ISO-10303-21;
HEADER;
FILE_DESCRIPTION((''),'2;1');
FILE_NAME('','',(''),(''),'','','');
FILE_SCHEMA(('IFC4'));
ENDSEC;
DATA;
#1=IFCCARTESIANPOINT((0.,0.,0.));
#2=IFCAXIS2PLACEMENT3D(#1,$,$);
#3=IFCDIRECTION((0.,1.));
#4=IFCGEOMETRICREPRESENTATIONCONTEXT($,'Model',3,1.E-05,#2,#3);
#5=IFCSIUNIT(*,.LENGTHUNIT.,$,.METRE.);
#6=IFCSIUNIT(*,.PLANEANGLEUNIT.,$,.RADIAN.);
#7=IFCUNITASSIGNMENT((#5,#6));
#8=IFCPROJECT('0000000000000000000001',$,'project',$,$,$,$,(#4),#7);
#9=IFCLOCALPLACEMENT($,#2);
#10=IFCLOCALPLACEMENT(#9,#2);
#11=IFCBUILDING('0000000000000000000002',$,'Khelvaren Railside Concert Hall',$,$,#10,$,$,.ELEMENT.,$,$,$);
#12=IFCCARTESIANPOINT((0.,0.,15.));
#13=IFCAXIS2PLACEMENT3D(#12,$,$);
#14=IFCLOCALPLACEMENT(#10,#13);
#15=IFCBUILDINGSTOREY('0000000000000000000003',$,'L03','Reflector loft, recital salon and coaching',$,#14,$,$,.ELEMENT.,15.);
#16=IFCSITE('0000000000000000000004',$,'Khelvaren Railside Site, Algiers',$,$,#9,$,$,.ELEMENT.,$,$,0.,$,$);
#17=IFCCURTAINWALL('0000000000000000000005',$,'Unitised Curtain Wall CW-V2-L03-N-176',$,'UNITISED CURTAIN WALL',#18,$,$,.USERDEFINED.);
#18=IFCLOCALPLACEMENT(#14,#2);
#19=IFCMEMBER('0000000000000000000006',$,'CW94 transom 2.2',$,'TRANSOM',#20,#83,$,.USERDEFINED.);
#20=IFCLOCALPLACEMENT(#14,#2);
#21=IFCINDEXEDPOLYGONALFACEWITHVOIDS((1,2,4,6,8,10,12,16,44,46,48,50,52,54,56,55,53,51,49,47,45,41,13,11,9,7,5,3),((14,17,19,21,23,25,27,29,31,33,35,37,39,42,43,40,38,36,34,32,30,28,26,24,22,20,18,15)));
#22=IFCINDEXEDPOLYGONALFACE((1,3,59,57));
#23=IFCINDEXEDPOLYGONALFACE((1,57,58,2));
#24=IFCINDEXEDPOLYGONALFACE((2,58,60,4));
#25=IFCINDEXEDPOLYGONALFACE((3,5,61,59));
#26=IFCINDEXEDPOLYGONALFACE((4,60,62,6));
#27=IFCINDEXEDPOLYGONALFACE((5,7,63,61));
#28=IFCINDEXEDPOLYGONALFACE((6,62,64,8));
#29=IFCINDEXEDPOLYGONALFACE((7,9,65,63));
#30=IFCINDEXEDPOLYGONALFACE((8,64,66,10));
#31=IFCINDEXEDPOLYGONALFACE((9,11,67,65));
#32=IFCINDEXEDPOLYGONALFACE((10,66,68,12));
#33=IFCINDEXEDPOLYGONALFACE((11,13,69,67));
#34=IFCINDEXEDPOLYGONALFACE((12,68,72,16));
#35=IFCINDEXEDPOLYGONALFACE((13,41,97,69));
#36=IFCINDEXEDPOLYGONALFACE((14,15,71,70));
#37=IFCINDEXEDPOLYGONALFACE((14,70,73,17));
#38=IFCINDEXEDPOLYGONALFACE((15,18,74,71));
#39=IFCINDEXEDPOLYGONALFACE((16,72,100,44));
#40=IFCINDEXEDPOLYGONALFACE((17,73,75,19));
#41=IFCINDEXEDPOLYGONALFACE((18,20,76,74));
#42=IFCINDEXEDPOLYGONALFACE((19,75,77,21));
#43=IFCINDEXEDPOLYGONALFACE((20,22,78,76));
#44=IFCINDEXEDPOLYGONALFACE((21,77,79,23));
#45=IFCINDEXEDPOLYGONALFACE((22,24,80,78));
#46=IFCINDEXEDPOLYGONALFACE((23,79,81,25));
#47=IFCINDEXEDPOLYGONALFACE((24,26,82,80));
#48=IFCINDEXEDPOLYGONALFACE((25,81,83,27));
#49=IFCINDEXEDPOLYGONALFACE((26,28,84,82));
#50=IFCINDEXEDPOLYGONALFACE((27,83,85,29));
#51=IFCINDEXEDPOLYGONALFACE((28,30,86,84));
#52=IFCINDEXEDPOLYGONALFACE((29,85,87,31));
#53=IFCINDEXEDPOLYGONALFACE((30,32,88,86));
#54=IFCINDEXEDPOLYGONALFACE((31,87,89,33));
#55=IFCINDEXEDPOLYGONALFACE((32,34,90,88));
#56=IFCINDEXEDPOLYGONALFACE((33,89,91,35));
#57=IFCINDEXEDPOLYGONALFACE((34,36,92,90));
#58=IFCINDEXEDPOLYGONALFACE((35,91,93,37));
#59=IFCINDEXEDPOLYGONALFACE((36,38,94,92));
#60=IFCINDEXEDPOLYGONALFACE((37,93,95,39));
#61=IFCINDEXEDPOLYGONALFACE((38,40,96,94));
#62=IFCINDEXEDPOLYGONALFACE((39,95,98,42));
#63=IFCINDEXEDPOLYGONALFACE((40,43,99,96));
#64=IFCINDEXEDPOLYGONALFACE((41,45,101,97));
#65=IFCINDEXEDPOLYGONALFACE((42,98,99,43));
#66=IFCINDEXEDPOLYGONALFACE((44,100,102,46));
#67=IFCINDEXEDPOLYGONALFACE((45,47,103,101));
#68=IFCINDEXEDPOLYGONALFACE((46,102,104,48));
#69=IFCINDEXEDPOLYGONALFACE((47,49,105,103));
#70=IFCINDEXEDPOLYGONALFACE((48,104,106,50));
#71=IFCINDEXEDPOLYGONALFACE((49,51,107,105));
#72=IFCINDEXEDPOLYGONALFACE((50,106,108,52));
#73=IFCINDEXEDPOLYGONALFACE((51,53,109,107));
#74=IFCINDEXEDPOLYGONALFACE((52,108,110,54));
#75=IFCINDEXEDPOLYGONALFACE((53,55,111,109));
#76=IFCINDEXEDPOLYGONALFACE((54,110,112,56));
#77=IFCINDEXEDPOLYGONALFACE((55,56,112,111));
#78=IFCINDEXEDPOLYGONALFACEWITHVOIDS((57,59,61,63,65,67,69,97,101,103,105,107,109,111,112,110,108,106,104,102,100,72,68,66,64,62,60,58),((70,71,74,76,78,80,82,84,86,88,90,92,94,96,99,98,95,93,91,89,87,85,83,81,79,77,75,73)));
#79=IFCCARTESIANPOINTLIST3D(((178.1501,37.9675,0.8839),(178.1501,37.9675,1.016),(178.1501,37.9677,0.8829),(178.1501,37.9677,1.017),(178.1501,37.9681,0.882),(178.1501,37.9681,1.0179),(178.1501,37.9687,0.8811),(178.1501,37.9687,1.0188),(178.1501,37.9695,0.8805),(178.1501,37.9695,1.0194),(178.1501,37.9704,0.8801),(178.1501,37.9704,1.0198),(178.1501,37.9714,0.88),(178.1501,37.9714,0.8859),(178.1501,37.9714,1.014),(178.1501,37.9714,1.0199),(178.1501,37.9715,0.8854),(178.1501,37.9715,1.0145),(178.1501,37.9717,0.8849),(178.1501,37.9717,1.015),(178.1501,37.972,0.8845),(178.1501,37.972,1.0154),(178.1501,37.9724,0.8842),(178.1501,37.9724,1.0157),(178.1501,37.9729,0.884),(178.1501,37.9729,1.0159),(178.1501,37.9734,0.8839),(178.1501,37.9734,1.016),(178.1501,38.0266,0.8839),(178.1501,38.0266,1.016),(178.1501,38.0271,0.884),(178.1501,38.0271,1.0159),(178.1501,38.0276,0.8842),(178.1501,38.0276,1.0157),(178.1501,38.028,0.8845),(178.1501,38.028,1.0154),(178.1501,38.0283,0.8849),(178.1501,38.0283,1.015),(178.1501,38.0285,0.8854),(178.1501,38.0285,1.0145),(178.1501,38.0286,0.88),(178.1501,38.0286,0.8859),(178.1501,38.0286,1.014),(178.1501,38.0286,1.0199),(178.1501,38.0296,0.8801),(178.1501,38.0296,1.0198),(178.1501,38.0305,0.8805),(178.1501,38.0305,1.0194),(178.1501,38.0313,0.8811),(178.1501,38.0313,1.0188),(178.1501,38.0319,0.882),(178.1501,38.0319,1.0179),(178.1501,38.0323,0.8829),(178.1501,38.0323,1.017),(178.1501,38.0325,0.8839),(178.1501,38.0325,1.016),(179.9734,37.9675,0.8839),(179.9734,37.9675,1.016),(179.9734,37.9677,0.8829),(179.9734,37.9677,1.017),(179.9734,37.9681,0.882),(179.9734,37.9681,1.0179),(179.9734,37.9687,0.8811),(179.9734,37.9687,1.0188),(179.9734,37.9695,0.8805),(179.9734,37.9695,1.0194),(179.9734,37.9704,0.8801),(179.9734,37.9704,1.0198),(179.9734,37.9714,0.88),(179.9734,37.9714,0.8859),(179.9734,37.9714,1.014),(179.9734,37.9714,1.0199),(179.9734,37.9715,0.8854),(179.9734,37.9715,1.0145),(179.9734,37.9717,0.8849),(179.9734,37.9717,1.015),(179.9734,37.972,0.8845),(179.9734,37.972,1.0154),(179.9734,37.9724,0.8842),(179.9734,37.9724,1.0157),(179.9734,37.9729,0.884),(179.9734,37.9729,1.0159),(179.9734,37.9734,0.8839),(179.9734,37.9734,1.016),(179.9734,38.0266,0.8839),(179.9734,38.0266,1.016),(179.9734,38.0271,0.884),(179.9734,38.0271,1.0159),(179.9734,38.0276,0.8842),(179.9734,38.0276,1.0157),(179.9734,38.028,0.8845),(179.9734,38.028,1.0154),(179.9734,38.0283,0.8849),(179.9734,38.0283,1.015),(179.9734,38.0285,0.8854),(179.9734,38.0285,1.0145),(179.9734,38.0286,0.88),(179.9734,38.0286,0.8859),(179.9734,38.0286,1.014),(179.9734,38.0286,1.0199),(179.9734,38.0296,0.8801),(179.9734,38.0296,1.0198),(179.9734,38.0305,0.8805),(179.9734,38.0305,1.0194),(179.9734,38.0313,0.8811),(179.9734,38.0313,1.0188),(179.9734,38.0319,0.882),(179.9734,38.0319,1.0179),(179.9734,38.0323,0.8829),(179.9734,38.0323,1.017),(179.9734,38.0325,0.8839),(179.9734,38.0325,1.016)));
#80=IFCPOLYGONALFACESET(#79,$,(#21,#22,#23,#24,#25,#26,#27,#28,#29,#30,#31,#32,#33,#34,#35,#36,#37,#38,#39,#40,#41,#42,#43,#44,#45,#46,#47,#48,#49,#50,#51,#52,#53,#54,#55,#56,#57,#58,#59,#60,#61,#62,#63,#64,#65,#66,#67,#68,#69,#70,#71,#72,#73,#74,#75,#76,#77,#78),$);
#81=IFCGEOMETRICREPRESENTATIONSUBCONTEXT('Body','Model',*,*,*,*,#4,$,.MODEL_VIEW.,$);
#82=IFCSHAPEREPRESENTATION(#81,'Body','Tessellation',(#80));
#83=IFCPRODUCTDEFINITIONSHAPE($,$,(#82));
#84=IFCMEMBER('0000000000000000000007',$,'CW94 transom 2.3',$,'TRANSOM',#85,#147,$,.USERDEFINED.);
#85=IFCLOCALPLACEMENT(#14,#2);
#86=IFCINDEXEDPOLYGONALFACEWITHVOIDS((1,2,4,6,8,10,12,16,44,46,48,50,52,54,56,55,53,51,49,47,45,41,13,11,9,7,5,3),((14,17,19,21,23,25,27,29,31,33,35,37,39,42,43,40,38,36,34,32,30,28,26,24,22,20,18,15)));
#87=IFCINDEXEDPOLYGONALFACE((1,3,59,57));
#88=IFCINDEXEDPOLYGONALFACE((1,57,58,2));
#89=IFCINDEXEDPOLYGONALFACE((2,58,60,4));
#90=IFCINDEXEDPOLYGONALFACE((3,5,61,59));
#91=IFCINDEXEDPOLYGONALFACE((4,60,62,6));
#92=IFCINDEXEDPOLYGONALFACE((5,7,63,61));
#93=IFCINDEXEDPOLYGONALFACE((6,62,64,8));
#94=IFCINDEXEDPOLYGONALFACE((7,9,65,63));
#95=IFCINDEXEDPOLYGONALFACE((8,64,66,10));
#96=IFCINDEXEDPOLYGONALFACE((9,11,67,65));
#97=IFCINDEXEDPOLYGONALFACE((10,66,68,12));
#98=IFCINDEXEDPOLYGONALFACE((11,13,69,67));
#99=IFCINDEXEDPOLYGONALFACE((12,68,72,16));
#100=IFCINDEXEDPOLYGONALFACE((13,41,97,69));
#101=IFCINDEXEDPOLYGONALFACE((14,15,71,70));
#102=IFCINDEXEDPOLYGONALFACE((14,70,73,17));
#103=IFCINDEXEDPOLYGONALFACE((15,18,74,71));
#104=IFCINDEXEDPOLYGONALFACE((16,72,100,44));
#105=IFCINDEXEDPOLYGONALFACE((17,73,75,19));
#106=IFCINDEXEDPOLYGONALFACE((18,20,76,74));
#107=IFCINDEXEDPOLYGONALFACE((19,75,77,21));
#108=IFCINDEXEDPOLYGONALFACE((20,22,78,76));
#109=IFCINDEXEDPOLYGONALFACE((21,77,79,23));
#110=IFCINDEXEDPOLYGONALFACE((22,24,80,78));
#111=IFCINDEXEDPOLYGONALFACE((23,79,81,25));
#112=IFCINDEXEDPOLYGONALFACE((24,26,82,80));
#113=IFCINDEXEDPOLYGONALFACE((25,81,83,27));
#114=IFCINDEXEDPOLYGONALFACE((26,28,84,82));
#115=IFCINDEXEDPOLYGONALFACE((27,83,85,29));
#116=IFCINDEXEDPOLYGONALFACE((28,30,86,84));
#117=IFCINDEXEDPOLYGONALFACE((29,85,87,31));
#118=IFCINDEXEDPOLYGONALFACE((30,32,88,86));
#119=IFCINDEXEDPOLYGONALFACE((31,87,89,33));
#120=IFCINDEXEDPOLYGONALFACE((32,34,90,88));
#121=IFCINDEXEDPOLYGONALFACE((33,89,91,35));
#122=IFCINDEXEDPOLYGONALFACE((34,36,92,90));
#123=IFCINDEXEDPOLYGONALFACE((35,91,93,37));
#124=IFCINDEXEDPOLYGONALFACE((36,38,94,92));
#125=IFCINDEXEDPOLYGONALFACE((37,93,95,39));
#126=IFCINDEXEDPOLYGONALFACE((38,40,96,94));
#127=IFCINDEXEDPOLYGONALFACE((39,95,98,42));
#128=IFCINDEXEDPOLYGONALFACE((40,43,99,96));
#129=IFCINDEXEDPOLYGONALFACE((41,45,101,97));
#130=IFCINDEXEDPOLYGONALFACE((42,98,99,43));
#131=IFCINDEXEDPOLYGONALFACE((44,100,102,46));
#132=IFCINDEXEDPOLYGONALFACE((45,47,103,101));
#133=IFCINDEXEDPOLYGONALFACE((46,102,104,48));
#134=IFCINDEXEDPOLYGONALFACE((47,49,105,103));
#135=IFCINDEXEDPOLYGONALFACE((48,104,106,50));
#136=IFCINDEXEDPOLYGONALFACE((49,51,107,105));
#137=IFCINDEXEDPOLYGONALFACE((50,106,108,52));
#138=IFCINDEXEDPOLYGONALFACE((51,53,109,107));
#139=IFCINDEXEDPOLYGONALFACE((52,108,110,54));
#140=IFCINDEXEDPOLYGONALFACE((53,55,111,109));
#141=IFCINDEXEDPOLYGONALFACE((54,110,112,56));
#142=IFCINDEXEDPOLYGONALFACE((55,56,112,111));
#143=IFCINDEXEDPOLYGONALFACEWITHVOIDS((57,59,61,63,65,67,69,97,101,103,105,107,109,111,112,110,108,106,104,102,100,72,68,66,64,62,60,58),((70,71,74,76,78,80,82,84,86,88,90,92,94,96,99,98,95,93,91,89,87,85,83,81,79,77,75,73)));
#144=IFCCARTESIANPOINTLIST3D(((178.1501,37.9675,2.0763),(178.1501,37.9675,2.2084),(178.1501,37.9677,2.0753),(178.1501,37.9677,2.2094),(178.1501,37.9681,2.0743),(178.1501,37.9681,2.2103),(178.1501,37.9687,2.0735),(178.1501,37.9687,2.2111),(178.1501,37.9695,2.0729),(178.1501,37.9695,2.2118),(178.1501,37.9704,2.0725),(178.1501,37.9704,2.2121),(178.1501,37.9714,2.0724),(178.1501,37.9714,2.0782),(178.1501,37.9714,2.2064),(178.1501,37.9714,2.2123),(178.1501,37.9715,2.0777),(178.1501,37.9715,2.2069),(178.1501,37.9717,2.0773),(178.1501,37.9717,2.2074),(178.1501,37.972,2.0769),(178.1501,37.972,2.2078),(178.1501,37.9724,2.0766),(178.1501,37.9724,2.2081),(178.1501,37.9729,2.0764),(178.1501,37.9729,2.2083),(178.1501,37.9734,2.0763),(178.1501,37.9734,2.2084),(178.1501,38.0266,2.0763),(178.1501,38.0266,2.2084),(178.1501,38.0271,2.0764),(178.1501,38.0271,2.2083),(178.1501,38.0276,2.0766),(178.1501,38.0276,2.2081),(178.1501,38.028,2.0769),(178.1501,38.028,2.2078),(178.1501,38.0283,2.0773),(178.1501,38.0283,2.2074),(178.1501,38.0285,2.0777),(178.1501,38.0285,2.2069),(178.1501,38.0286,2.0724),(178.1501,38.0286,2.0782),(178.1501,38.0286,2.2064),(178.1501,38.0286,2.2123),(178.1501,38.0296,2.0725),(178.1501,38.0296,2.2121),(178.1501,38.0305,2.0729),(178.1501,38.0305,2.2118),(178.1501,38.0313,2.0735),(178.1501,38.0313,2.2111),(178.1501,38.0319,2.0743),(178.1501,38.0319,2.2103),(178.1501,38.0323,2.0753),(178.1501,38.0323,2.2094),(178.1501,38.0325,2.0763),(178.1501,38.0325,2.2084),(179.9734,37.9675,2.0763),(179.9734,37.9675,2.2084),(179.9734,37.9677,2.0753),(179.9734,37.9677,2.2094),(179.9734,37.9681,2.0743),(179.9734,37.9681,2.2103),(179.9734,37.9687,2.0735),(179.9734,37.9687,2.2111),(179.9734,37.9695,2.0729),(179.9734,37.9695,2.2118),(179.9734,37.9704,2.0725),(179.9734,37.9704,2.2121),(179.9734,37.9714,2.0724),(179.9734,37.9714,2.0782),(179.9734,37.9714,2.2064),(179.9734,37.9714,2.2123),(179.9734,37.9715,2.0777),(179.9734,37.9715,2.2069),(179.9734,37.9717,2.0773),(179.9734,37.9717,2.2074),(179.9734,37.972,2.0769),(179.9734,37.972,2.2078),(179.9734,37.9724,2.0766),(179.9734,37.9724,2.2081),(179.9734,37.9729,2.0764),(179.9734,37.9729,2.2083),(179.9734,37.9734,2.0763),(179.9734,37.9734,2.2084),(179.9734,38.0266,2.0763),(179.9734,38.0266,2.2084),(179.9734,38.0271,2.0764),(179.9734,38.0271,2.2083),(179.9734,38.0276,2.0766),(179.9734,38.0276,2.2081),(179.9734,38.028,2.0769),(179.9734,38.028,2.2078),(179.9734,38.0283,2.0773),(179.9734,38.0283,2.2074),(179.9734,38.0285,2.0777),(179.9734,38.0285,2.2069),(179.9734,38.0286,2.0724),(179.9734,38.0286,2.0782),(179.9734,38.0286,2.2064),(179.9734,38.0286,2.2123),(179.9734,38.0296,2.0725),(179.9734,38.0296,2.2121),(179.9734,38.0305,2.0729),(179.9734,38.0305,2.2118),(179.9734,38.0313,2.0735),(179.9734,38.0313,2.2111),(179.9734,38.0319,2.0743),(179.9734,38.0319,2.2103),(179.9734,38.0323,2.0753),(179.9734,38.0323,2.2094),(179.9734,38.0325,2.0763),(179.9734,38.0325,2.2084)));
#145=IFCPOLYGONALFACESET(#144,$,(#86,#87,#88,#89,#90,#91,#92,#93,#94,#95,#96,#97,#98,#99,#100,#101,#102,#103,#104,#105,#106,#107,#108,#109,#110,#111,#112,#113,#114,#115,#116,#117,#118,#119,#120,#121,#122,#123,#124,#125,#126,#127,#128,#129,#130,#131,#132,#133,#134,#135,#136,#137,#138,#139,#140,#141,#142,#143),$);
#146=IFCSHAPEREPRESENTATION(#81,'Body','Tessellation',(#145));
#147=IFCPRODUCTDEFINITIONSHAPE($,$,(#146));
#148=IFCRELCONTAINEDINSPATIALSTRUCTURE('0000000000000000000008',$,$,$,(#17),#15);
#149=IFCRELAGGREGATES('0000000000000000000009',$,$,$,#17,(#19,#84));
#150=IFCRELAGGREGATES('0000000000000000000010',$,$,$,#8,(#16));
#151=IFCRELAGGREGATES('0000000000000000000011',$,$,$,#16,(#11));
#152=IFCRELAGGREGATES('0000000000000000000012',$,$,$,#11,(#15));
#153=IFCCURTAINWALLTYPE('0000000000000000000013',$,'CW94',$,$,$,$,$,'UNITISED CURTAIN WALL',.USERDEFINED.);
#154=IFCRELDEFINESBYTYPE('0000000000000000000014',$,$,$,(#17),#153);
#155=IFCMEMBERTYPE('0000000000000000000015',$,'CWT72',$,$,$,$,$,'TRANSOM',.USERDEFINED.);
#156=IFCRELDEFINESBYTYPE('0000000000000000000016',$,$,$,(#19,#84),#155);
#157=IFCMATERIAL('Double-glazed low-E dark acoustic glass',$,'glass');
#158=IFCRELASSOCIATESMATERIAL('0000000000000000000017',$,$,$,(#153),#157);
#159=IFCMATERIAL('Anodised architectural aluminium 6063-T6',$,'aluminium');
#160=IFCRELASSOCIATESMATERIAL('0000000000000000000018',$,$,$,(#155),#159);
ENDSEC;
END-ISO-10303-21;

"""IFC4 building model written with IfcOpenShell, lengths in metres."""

from ifc_helpers import new_model, si_unit, direction, frame, origin, origin_2d, place, context, subcontext, project, spatial, hollow_rectangle, extrude, material, material_profile, profile_set, type_object, element, aggregate, save


model = new_model("IFC4")

# Units and contexts
model_context = context("Model", 3, precision=1e-05, world=origin(), true_north=direction((0.0, 1.0)))
body_context = subcontext(model_context, "Body", "Model", "MODEL_VIEW")
ifc_project = project(units=[si_unit("LENGTHUNIT", "METRE"), si_unit("PLANEANGLEUNIT", "RADIAN")], contexts=[model_context])

# Site, building, storey
site_placement = place(None, origin())
site = spatial("IfcSite", under=ifc_project, at=site_placement, Name="Khelvaren Railside Site, Algiers", CompositionType="ELEMENT", RefElevation=0.0)
building_placement = place(site_placement, origin())
building = spatial("IfcBuilding", under=site, at=building_placement, Name="Khelvaren Railside Concert Hall", CompositionType="ELEMENT")
storey_placement = place(building_placement, frame((0.0, 0.0, 15.0)))
storey = spatial("IfcBuildingStorey", under=building, at=storey_placement, Name="L03", Description="Reflector loft, recital salon and coaching", CompositionType="ELEMENT", Elevation=15.0)

# Shared definitions
ifc_material_1 = material(Name="Double-glazed low-E dark acoustic glass", Category="glass")
ifc_material_2 = material(Name="Anodised architectural aluminium 6063-T6", Category="aluminium")

# Curtain wall, members
curtain_wall_type_1 = type_object("IfcCurtainWallType", Name="CW94", ElementType="UNITISED CURTAIN WALL", PredefinedType="USERDEFINED", material=ifc_material_1)
curtain_wall_1_placement = place(storey_placement, origin())
curtain_wall_1 = element("IfcCurtainWall", 1, at=curtain_wall_1_placement, inside=storey, type_object=curtain_wall_type_1, Name="Unitised Curtain Wall CW-V2-L03-N-176", ObjectType="UNITISED CURTAIN WALL", PredefinedType="USERDEFINED")
ifc_material_profile_1 = material_profile(ifc_material_2, hollow_rectangle(XDim=0.0649, YDim=0.1399, WallThickness=0.0039, InnerFilletRadius=0.002, OuterFilletRadius=0.0039, at=origin_2d()), Name="CWT 65x140x4")
ifc_profile_set_1 = profile_set([ifc_material_profile_1], Name="Anodised architectural aluminium 6063-T6")
member_type_1 = type_object("IfcMemberType", Name="CWT72", ElementType="TRANSOM", PredefinedType="USERDEFINED", material=ifc_profile_set_1)
member_1_placement = place(storey_placement, frame((178.1501, 38.0, 0.95), z_axis=(1.0, 0.0, 0.0), x_axis=(0.0, 1.0, 0.0)))
member_1 = element("IfcMember", 2, at=member_1_placement, type_object=member_type_1, Name="CW94 transom 2.2", ObjectType="TRANSOM", PredefinedType="USERDEFINED", context=body_context, shape_type="SweptSolid", body=[
    extrude(hollow_rectangle(XDim=0.0649, YDim=0.1399, WallThickness=0.0039, InnerFilletRadius=0.002, OuterFilletRadius=0.0039, at=origin_2d()), origin(), (0.0, 0.0, 1.0), 1.8232),
])
member_2_placement = place(storey_placement, frame((178.1501, 38.0, 2.1423), z_axis=(1.0, 0.0, 0.0), x_axis=(0.0, 1.0, 0.0)))
member_2 = element("IfcMember", 3, at=member_2_placement, type_object=member_type_1, Name="CW94 transom 2.3", ObjectType="TRANSOM", PredefinedType="USERDEFINED", context=body_context, shape_type="SweptSolid", body=[
    extrude(hollow_rectangle(XDim=0.0649, YDim=0.1399, WallThickness=0.0039, InnerFilletRadius=0.002, OuterFilletRadius=0.0039, at=origin_2d()), origin(), (0.0, 0.0, 1.0), 1.8232),
])

aggregate(curtain_wall_1, [member_1, member_2])

save(model, "model.ifc")
